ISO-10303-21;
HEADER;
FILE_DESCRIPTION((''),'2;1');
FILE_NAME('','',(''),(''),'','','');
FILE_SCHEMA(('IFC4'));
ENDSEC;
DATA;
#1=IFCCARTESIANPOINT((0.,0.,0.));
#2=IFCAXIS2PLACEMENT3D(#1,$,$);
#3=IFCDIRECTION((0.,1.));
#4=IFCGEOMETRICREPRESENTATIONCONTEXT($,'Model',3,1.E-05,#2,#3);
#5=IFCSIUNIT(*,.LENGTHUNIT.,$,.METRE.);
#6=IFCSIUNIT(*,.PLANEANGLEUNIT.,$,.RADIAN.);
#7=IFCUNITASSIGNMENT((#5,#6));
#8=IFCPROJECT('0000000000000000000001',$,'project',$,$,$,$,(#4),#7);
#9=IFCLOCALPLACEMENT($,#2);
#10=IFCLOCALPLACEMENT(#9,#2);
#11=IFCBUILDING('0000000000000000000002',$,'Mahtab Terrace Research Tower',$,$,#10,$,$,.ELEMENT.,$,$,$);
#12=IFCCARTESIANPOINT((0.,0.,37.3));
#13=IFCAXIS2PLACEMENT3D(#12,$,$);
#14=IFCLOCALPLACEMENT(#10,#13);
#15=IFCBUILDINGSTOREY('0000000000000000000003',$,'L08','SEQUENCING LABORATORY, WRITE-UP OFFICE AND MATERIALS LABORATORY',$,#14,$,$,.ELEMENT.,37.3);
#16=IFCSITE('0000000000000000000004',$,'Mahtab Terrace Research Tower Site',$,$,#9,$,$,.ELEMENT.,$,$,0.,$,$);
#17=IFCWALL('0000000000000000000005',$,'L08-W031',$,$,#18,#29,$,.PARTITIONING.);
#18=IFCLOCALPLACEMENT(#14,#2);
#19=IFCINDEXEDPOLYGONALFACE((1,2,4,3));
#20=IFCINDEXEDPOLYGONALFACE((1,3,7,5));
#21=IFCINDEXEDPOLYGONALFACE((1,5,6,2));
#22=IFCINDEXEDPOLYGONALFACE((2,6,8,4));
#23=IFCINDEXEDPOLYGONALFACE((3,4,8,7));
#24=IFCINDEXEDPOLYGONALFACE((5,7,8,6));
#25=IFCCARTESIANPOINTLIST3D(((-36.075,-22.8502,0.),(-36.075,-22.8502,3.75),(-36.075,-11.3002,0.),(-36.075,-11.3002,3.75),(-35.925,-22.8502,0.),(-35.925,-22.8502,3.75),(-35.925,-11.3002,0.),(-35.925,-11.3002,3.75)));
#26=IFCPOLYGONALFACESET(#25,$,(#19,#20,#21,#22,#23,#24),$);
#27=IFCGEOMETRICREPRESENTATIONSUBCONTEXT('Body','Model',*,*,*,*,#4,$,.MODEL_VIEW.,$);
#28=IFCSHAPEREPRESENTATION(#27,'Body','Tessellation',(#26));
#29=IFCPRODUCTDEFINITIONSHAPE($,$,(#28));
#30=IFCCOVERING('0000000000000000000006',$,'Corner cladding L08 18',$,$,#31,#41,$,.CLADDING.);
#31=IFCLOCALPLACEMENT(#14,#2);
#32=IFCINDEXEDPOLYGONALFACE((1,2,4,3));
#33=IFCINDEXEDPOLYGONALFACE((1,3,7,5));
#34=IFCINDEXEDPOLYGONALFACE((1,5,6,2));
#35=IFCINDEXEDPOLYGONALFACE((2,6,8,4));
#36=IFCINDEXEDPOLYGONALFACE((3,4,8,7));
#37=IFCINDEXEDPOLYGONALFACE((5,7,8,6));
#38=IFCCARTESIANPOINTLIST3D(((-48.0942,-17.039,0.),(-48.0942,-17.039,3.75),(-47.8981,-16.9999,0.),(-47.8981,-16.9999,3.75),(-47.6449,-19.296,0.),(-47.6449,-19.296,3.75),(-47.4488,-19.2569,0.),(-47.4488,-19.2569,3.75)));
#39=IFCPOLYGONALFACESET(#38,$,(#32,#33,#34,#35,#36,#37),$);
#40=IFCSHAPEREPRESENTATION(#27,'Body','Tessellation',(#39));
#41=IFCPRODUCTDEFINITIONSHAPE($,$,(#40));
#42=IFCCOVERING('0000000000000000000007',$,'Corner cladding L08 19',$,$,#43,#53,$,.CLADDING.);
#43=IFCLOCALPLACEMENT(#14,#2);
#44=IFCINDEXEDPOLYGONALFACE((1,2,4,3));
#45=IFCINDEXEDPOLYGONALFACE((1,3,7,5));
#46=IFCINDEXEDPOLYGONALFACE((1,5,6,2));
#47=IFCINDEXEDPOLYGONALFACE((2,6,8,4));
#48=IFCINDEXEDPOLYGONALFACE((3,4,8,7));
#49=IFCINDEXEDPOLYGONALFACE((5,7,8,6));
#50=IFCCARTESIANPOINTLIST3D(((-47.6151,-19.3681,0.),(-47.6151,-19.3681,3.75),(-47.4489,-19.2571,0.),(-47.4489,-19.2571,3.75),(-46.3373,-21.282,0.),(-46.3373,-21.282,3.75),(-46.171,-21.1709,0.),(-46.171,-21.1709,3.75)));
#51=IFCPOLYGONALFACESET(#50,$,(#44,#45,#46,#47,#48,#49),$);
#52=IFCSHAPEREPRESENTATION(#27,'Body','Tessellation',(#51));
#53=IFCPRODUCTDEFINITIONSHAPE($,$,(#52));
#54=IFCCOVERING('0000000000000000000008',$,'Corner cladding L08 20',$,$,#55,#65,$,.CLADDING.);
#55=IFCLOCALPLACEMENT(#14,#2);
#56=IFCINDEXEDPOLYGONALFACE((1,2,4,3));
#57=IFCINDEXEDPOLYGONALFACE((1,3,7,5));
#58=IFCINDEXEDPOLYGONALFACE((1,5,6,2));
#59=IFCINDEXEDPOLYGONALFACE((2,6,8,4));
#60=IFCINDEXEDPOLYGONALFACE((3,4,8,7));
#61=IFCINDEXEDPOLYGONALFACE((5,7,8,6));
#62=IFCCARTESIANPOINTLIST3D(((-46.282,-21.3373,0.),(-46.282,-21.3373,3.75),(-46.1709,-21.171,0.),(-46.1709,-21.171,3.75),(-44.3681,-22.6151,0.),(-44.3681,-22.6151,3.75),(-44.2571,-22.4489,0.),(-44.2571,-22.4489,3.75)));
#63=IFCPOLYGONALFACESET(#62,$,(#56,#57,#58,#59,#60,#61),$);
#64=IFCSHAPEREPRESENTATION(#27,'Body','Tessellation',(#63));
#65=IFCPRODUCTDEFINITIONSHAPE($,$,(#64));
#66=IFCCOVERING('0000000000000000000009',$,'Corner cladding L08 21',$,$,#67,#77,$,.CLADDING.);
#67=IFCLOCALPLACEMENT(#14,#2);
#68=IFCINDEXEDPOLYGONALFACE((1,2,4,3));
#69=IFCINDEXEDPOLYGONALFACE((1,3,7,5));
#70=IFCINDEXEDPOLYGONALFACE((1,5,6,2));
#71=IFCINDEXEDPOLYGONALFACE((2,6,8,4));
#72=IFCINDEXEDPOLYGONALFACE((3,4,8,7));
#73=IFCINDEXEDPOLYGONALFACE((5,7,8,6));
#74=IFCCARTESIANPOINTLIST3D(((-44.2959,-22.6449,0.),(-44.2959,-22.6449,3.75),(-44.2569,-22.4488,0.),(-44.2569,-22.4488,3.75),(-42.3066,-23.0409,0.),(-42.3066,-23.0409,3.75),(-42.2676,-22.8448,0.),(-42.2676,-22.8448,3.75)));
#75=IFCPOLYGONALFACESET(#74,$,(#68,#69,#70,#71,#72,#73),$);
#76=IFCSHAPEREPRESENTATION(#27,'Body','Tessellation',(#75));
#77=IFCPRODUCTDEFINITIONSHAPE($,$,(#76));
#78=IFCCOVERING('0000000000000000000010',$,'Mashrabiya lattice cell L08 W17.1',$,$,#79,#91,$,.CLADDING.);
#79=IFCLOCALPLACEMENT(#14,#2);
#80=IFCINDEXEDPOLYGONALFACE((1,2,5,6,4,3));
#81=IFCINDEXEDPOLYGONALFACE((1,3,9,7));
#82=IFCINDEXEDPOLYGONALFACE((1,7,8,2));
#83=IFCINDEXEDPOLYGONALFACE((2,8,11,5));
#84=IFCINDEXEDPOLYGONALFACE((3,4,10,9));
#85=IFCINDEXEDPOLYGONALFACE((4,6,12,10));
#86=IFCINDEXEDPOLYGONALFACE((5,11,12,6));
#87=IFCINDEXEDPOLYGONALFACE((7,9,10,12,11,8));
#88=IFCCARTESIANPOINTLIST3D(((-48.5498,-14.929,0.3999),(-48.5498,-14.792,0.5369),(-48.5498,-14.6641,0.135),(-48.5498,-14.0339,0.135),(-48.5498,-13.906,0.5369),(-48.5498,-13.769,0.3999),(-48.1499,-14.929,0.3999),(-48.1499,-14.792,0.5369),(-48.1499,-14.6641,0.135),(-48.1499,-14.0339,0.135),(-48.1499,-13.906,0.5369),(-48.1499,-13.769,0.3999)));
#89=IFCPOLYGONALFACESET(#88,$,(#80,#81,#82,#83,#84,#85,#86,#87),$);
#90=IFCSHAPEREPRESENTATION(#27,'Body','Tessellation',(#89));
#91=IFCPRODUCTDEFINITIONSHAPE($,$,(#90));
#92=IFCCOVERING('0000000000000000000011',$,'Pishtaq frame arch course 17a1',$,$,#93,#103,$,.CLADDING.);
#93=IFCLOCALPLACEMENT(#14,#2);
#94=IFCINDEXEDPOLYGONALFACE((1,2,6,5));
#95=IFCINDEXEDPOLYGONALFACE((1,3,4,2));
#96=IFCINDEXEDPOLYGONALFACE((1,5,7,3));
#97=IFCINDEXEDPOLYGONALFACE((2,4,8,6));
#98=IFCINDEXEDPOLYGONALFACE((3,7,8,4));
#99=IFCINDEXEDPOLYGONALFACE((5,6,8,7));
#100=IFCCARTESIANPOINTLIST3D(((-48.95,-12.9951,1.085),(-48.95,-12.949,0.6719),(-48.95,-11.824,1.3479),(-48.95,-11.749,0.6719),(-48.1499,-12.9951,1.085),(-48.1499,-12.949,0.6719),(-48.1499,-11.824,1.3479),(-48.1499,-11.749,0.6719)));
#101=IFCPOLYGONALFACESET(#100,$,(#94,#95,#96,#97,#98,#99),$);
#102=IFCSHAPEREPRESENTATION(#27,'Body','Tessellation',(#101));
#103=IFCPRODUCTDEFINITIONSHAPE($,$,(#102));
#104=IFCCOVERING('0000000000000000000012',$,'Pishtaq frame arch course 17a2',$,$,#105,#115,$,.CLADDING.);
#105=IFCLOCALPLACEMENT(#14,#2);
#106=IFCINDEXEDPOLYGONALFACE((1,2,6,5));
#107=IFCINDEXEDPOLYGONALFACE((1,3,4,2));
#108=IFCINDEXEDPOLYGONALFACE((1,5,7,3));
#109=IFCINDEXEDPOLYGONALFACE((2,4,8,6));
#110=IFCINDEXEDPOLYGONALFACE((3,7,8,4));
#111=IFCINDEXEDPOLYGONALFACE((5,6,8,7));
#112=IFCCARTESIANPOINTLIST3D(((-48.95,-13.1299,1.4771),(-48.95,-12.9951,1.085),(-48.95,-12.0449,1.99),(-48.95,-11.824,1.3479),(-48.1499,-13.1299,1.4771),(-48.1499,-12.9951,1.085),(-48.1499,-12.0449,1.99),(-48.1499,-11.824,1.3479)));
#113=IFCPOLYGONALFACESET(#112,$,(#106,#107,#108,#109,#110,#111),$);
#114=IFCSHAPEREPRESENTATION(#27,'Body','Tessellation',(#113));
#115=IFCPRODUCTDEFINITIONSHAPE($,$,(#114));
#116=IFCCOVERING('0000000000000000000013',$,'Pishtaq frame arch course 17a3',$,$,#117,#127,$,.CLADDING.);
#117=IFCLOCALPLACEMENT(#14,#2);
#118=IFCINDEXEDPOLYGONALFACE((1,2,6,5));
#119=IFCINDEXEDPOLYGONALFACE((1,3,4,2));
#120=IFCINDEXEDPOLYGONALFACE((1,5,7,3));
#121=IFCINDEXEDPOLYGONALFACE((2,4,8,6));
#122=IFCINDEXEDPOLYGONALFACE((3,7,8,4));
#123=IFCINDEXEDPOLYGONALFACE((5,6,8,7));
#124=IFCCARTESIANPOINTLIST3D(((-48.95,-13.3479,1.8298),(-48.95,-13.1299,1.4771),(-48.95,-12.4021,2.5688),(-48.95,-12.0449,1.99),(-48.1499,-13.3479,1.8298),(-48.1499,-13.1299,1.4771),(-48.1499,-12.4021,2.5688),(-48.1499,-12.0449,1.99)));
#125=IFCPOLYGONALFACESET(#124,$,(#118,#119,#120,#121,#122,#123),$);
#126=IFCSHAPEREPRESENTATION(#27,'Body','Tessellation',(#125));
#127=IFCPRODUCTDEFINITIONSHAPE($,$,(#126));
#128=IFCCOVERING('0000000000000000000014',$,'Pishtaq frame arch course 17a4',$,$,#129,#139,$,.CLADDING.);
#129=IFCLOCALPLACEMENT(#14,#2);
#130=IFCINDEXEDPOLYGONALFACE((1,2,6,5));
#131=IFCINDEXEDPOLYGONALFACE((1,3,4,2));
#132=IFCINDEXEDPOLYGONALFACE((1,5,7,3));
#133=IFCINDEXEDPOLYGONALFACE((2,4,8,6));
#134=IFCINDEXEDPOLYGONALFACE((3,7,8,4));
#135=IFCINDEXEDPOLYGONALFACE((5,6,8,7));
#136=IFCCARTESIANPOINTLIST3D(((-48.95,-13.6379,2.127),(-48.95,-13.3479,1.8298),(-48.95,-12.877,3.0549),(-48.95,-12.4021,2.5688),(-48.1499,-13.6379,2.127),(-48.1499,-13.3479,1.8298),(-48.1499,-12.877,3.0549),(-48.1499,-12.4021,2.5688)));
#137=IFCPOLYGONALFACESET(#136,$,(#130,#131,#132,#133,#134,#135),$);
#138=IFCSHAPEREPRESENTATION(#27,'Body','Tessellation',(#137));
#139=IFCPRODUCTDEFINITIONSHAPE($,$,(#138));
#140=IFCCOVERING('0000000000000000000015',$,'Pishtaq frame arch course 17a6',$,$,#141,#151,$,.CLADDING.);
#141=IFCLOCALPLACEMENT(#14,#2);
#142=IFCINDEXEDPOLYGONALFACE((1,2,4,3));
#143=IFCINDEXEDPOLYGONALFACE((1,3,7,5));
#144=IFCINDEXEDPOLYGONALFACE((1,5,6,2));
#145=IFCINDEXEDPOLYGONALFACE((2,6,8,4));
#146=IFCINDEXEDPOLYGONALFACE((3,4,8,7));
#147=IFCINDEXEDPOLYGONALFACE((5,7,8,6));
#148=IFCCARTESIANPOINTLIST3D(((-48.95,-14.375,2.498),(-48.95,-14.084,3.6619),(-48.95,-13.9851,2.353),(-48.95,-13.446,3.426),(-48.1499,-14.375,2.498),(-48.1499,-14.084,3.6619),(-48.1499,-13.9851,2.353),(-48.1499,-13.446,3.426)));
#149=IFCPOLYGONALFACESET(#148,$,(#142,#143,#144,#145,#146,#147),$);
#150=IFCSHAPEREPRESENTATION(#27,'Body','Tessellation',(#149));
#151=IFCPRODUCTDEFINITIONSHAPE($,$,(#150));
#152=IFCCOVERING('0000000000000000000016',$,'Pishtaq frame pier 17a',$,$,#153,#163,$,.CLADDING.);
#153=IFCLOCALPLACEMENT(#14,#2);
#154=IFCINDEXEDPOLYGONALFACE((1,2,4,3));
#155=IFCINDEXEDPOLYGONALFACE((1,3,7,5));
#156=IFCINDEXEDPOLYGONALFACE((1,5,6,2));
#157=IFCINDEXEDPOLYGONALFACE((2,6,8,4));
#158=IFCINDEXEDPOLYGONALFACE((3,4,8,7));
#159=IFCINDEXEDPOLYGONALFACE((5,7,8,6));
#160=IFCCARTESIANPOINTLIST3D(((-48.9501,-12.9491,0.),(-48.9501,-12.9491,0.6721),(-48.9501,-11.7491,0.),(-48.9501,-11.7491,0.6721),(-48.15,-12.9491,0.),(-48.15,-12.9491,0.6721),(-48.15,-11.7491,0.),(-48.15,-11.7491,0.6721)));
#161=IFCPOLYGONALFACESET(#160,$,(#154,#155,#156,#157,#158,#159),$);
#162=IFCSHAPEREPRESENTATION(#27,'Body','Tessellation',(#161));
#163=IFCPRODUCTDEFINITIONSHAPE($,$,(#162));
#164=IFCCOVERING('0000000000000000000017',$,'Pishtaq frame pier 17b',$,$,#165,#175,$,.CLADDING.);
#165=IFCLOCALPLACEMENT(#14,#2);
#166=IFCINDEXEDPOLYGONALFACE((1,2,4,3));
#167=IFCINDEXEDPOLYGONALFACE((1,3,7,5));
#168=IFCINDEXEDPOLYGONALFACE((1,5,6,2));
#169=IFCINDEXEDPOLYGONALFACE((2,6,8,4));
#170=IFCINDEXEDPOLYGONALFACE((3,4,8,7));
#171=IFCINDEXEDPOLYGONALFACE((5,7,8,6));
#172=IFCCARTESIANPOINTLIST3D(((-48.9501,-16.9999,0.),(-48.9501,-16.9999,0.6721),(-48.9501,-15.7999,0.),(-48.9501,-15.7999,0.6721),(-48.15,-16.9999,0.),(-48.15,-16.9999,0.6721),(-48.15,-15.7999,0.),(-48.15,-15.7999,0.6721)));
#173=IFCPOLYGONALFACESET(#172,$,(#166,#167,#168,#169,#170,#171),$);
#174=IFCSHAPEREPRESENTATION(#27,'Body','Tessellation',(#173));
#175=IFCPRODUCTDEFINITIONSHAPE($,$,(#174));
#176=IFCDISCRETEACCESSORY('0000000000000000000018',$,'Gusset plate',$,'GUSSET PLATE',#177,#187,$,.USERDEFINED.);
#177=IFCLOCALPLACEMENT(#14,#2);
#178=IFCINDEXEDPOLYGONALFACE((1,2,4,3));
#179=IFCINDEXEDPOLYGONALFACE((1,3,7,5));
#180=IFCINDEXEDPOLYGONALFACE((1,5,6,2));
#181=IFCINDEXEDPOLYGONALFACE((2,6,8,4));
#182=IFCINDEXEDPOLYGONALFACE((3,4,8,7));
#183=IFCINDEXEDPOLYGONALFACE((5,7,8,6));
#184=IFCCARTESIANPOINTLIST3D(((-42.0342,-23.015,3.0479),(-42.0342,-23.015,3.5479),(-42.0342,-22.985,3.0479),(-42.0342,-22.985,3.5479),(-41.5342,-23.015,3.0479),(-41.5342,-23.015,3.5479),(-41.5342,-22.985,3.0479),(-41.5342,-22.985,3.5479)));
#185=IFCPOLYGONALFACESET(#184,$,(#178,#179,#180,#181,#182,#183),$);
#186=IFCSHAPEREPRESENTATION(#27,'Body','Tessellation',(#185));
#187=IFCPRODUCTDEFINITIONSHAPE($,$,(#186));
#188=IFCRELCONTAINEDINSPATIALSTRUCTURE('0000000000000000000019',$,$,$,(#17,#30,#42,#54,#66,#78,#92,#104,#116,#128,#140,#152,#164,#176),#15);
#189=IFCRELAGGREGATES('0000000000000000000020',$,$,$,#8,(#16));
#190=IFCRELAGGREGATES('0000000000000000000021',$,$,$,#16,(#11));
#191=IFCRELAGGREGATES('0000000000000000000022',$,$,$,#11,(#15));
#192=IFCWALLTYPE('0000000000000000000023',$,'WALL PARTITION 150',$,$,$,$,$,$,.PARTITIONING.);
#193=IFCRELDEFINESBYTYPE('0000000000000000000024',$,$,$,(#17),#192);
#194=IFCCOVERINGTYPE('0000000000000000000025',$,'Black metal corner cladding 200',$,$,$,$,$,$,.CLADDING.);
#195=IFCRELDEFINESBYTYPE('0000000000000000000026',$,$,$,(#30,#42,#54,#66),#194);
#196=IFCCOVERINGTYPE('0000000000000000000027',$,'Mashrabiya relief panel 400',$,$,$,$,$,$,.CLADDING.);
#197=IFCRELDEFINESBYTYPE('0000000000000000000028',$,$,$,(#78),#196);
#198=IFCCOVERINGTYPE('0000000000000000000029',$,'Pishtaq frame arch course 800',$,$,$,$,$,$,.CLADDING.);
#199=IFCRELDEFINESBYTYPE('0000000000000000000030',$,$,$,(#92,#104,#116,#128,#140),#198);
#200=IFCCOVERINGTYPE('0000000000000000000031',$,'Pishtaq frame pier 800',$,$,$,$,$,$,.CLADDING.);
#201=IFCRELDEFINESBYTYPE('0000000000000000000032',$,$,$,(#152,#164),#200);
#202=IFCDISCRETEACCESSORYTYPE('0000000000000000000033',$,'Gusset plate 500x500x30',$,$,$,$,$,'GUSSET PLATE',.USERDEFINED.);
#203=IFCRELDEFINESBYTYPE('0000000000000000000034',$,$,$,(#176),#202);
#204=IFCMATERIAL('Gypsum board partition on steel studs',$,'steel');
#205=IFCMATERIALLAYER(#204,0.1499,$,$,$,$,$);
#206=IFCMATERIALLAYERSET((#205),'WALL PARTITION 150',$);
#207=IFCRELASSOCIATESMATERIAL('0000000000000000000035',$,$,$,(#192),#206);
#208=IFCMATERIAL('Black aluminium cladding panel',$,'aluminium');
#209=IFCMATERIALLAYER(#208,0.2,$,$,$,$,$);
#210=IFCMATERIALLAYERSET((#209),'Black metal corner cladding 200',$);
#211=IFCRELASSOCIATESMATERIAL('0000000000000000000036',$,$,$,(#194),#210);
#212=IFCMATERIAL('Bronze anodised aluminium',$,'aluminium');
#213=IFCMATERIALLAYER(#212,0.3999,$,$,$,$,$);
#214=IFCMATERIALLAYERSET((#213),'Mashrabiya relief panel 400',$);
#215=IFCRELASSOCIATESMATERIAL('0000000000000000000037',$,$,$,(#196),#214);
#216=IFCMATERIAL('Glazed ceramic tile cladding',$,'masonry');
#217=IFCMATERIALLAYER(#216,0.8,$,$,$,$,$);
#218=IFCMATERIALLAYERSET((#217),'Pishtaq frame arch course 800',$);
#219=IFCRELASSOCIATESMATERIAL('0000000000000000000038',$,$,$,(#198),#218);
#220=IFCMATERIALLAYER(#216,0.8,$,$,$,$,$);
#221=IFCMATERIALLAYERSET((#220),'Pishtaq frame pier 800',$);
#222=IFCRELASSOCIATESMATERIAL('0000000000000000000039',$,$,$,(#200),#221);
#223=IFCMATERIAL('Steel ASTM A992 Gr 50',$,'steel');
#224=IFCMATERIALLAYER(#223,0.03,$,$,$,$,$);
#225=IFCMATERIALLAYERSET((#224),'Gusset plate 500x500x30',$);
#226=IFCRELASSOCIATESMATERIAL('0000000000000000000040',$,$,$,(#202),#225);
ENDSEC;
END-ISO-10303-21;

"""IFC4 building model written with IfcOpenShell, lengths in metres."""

from ifc_helpers import new_model, si_unit, direction, frame, frame_2d, origin, origin_2d, place, context, subcontext, project, spatial, polyline, rectangle, outline, extrude, material, layer, layer_set, type_object, element, save


model = new_model("IFC4")

# Units and contexts
model_context = context("Model", 3, precision=1e-05, world=origin(), true_north=direction((0.0, 1.0)))
body_context = subcontext(model_context, "Body", "Model", "MODEL_VIEW")
ifc_project = project(units=[si_unit("LENGTHUNIT", "METRE"), si_unit("PLANEANGLEUNIT", "RADIAN")], contexts=[model_context])

# Site, building, storey
site_placement = place(None, origin())
site = spatial("IfcSite", under=ifc_project, at=site_placement, Name="Mahtab Terrace Research Tower Site", CompositionType="ELEMENT", RefElevation=0.0)
building_placement = place(site_placement, origin())
building = spatial("IfcBuilding", under=site, at=building_placement, Name="Mahtab Terrace Research Tower", CompositionType="ELEMENT")
storey_placement = place(building_placement, frame((0.0, 0.0, 37.3)))
storey = spatial("IfcBuildingStorey", under=building, at=storey_placement, Name="L08", Description="SEQUENCING LABORATORY, WRITE-UP OFFICE AND MATERIALS LABORATORY", CompositionType="ELEMENT", Elevation=37.3)

# Shared definitions
ifc_material_1 = material(Name="Steel ASTM A992 Gr 50", Category="steel")

# Wall
ifc_material_2 = material(Name="Black aluminium cladding panel", Category="aluminium")
ifc_material_3 = material(Name="Gypsum board partition on steel studs", Category="steel")
ifc_layer_1 = layer(ifc_material_3, 0.1499)
ifc_layer_set_1 = layer_set([ifc_layer_1], Name="WALL PARTITION 150")
wall_type_1 = type_object("IfcWallType", Name="WALL PARTITION 150", PredefinedType="PARTITIONING", material=ifc_layer_set_1)
wall_1_placement = place(storey_placement, frame((-36.0, -22.8501, 0.0), z_axis=(0.0, 0.0, 1.0), x_axis=(0.0, 1.0, 0.0)))
element("IfcWall", 1, at=wall_1_placement, inside=storey, type_object=wall_type_1, Name="L08-W031", PredefinedType="PARTITIONING", context=body_context, shape_type="SweptSolid", body=[
    extrude(rectangle(XDim=11.55, YDim=0.1499, at=frame_2d((5.7749, 0.0))), origin(), (0.0, 0.0, 1.0), 3.75),
])

# Coverings
ifc_layer_2 = layer(ifc_material_2, 0.2)
ifc_layer_set_2 = layer_set([ifc_layer_2], Name="Black metal corner cladding 200")
covering_type_1 = type_object("IfcCoveringType", Name="Black metal corner cladding 200", PredefinedType="CLADDING", material=ifc_layer_set_2)
for number, where, z_axis, x_axis, name in (
    (2, (-47.7715, -18.1479, 0.0), (0.0, 0.0, 1.0), (0.195212, -0.980761, 0.0), "Corner cladding L08 18"),
    (3, (-46.8931, -20.2695, 0.0), (0.0, 0.0, 1.0), (0.555291, -0.831656, 0.0), "Corner cladding L08 19"),
    (4, (-45.2695, -21.8931, 0.0), (0.0, 0.0, 1.0), (0.831656, -0.555291, 0.0), "Corner cladding L08 20"),
):
    element("IfcCovering", number, at=place(storey_placement, frame(where, z_axis=z_axis, x_axis=x_axis)), inside=storey, type_object=covering_type_1, Name=name, PredefinedType="CLADDING", context=body_context, shape_type="SweptSolid", body=[
        extrude(rectangle(XDim=2.3013, YDim=0.2, at=origin_2d()), origin(), (0.0, 0.0, 1.0), 3.75),
    ])
covering_1_placement = place(storey_placement, frame((-43.2817, -22.7449, 0.0), z_axis=(0.0, 0.0, 1.0), x_axis=(0.980761, -0.195212, 0.0)))
element("IfcCovering", 5, at=covering_1_placement, inside=storey, type_object=covering_type_1, Name="Corner cladding L08 21", PredefinedType="CLADDING", context=body_context, shape_type="SweptSolid", body=[
    extrude(rectangle(XDim=2.0283, YDim=0.2, at=origin_2d()), origin(), (0.0, 0.0, 1.0), 3.75),
])
ifc_material_4 = material(Name="Bronze anodised aluminium", Category="aluminium")
ifc_layer_3 = layer(ifc_material_4, 0.3999)
ifc_layer_set_3 = layer_set([ifc_layer_3], Name="Mashrabiya relief panel 400")
covering_type_2 = type_object("IfcCoveringType", Name="Mashrabiya relief panel 400", PredefinedType="CLADDING", material=ifc_layer_set_3)
covering_2_placement = place(storey_placement, frame((-48.1499, -13.769, 0.3999), z_axis=(1.0, 0.0, 0.0), x_axis=(0.0, -0.707107, 0.707107)))
element("IfcCovering", 6, at=covering_2_placement, inside=storey, type_object=covering_type_2, Name="Mashrabiya lattice cell L08 W17.1", PredefinedType="CLADDING", context=body_context, shape_type="SweptSolid", body=[
    extrude(outline(polyline([(0.0, 0.0), (0.1937, 0.0), (0.8202, 0.6265), (0.8202, 0.8202), (0.4456, 0.8202), (0.0, 0.3746), (0.0, 0.0)])), origin(), (0.0, 0.0, -1.0), 0.3999),
])
ifc_material_5 = material(Name="Glazed ceramic tile cladding", Category="masonry")
ifc_layer_4 = layer(ifc_material_5, 0.8)
ifc_layer_set_4 = layer_set([ifc_layer_4], Name="Pishtaq frame arch course 800")
covering_type_3 = type_object("IfcCoveringType", Name="Pishtaq frame arch course 800", PredefinedType="CLADDING", material=ifc_layer_set_4)
covering_3_placement = place(storey_placement, frame((-48.1499, -11.749, 0.6719), z_axis=(1.0, 0.0, 0.0), x_axis=(0.0, -0.110195, 0.99391)))
element("IfcCovering", 7, at=covering_3_placement, inside=storey, type_object=covering_type_3, Name="Pishtaq frame arch course 17a1", PredefinedType="CLADDING", context=body_context, shape_type="SweptSolid", body=[
    extrude(outline(polyline([(0.0, 0.0), (0.6802, 0.0), (0.5479, 1.193), (0.1322, 1.1926), (0.0, 0.0)])), origin(), (0.0, 0.0, -1.0), 0.8),
])
covering_4_placement = place(storey_placement, frame((-48.1499, -11.824, 1.3479), z_axis=(1.0, 0.0, 0.0), x_axis=(0.0, -0.325381, 0.945583)))
element("IfcCovering", 8, at=covering_4_placement, inside=storey, type_object=covering_type_3, Name="Pishtaq frame arch course 17a2", PredefinedType="CLADDING", context=body_context, shape_type="SweptSolid", body=[
    extrude(outline(polyline([(0.0, 0.0), (0.679, 0.0), (0.547, 1.1928), (0.1324, 1.193), (0.0, 0.0)])), origin(), (0.0, 0.0, -1.0), 0.8),
])
covering_5_placement = place(storey_placement, frame((-48.1499, -12.0449, 1.99), z_axis=(1.0, 0.0, 0.0), x_axis=(0.0, -0.525118, 0.851029)))
element("IfcCovering", 9, at=covering_5_placement, inside=storey, type_object=covering_type_3, Name="Pishtaq frame arch course 17a3", PredefinedType="CLADDING", context=body_context, shape_type="SweptSolid", body=[
    extrude(outline(polyline([(0.0, 0.0), (0.6802, 0.0), (0.5479, 1.193), (0.1332, 1.1927), (0.0, 0.0)])), origin(), (0.0, 0.0, -1.0), 0.8),
])
covering_6_placement = place(storey_placement, frame((-48.1499, -12.4021, 2.5688), z_axis=(1.0, 0.0, 0.0), x_axis=(0.0, -0.698795, 0.715322)))
element("IfcCovering", 10, at=covering_6_placement, inside=storey, type_object=covering_type_3, Name="Pishtaq frame arch course 17a4", PredefinedType="CLADDING", context=body_context, shape_type="SweptSolid", body=[
    extrude(outline(polyline([(0.0, 0.0), (0.6795, 0.0), (0.5475, 1.1928), (0.1323, 1.193), (0.0, 0.0)])), origin(), (0.0, 0.0, -1.0), 0.8),
])
covering_7_placement = place(storey_placement, frame((-48.1499, -13.446, 3.426), z_axis=(1.0, 0.0, 0.0), x_axis=(0.0, -0.937956, 0.346753)))
element("IfcCovering", 11, at=covering_7_placement, inside=storey, type_object=covering_type_3, Name="Pishtaq frame arch course 17a6", PredefinedType="CLADDING", context=body_context, shape_type="SweptSolid", body=[
    extrude(outline(polyline([(0.0, 0.0), (0.6801, 0.0), (0.5495, 1.1925), (0.1336, 1.1933), (0.0, 0.0)])), origin(), (0.0, 0.0, -1.0), 0.8),
])
ifc_layer_5 = layer(ifc_material_5, 0.8)
ifc_layer_set_5 = layer_set([ifc_layer_5], Name="Pishtaq frame pier 800")
covering_type_4 = type_object("IfcCoveringType", Name="Pishtaq frame pier 800", PredefinedType="CLADDING", material=ifc_layer_set_5)
for number, where, z_axis, x_axis, name in (
    (12, (-48.55, -12.3491, 0.0), (0.0, 0.0, 1.0), (0.0, -1.0, 0.0), "Pishtaq frame pier 17a"),
    (13, (-48.55, -16.3999, 0.0), (0.0, 0.0, 1.0), (0.0, -1.0, 0.0), "Pishtaq frame pier 17b"),
):
    element("IfcCovering", number, at=place(storey_placement, frame(where, z_axis=z_axis, x_axis=x_axis)), inside=storey, type_object=covering_type_4, Name=name, PredefinedType="CLADDING", context=body_context, shape_type="SweptSolid", body=[
        extrude(rectangle(XDim=1.2, YDim=0.8, at=origin_2d()), origin(), (0.0, 0.0, 1.0), 0.6721),
    ])

# Discrete accessory
ifc_layer_6 = layer(ifc_material_1, 0.03)
ifc_layer_set_6 = layer_set([ifc_layer_6], Name="Gusset plate 500x500x30")
discrete_accessory_type = type_object("IfcDiscreteAccessoryType", Name="Gusset plate 500x500x30", ElementType="GUSSET PLATE", PredefinedType="USERDEFINED", material=ifc_layer_set_6)
for number, where, z_axis, x_axis, name in (
    (14, (-41.7842, -23.0, 3.0479), (0.0, 0.0, 1.0), (1.0, 0.0, 0.0), "Gusset plate"),
):
    element("IfcDiscreteAccessory", number, at=place(storey_placement, frame(where, z_axis=z_axis, x_axis=x_axis)), inside=storey, type_object=discrete_accessory_type, Name=name, ObjectType="GUSSET PLATE", PredefinedType="USERDEFINED", context=body_context, shape_type="SweptSolid", body=[
        extrude(rectangle(XDim=0.5, YDim=0.03, at=origin_2d()), origin(), (0.0, 0.0, 1.0), 0.5),
    ])

save(model, "model.ifc")
